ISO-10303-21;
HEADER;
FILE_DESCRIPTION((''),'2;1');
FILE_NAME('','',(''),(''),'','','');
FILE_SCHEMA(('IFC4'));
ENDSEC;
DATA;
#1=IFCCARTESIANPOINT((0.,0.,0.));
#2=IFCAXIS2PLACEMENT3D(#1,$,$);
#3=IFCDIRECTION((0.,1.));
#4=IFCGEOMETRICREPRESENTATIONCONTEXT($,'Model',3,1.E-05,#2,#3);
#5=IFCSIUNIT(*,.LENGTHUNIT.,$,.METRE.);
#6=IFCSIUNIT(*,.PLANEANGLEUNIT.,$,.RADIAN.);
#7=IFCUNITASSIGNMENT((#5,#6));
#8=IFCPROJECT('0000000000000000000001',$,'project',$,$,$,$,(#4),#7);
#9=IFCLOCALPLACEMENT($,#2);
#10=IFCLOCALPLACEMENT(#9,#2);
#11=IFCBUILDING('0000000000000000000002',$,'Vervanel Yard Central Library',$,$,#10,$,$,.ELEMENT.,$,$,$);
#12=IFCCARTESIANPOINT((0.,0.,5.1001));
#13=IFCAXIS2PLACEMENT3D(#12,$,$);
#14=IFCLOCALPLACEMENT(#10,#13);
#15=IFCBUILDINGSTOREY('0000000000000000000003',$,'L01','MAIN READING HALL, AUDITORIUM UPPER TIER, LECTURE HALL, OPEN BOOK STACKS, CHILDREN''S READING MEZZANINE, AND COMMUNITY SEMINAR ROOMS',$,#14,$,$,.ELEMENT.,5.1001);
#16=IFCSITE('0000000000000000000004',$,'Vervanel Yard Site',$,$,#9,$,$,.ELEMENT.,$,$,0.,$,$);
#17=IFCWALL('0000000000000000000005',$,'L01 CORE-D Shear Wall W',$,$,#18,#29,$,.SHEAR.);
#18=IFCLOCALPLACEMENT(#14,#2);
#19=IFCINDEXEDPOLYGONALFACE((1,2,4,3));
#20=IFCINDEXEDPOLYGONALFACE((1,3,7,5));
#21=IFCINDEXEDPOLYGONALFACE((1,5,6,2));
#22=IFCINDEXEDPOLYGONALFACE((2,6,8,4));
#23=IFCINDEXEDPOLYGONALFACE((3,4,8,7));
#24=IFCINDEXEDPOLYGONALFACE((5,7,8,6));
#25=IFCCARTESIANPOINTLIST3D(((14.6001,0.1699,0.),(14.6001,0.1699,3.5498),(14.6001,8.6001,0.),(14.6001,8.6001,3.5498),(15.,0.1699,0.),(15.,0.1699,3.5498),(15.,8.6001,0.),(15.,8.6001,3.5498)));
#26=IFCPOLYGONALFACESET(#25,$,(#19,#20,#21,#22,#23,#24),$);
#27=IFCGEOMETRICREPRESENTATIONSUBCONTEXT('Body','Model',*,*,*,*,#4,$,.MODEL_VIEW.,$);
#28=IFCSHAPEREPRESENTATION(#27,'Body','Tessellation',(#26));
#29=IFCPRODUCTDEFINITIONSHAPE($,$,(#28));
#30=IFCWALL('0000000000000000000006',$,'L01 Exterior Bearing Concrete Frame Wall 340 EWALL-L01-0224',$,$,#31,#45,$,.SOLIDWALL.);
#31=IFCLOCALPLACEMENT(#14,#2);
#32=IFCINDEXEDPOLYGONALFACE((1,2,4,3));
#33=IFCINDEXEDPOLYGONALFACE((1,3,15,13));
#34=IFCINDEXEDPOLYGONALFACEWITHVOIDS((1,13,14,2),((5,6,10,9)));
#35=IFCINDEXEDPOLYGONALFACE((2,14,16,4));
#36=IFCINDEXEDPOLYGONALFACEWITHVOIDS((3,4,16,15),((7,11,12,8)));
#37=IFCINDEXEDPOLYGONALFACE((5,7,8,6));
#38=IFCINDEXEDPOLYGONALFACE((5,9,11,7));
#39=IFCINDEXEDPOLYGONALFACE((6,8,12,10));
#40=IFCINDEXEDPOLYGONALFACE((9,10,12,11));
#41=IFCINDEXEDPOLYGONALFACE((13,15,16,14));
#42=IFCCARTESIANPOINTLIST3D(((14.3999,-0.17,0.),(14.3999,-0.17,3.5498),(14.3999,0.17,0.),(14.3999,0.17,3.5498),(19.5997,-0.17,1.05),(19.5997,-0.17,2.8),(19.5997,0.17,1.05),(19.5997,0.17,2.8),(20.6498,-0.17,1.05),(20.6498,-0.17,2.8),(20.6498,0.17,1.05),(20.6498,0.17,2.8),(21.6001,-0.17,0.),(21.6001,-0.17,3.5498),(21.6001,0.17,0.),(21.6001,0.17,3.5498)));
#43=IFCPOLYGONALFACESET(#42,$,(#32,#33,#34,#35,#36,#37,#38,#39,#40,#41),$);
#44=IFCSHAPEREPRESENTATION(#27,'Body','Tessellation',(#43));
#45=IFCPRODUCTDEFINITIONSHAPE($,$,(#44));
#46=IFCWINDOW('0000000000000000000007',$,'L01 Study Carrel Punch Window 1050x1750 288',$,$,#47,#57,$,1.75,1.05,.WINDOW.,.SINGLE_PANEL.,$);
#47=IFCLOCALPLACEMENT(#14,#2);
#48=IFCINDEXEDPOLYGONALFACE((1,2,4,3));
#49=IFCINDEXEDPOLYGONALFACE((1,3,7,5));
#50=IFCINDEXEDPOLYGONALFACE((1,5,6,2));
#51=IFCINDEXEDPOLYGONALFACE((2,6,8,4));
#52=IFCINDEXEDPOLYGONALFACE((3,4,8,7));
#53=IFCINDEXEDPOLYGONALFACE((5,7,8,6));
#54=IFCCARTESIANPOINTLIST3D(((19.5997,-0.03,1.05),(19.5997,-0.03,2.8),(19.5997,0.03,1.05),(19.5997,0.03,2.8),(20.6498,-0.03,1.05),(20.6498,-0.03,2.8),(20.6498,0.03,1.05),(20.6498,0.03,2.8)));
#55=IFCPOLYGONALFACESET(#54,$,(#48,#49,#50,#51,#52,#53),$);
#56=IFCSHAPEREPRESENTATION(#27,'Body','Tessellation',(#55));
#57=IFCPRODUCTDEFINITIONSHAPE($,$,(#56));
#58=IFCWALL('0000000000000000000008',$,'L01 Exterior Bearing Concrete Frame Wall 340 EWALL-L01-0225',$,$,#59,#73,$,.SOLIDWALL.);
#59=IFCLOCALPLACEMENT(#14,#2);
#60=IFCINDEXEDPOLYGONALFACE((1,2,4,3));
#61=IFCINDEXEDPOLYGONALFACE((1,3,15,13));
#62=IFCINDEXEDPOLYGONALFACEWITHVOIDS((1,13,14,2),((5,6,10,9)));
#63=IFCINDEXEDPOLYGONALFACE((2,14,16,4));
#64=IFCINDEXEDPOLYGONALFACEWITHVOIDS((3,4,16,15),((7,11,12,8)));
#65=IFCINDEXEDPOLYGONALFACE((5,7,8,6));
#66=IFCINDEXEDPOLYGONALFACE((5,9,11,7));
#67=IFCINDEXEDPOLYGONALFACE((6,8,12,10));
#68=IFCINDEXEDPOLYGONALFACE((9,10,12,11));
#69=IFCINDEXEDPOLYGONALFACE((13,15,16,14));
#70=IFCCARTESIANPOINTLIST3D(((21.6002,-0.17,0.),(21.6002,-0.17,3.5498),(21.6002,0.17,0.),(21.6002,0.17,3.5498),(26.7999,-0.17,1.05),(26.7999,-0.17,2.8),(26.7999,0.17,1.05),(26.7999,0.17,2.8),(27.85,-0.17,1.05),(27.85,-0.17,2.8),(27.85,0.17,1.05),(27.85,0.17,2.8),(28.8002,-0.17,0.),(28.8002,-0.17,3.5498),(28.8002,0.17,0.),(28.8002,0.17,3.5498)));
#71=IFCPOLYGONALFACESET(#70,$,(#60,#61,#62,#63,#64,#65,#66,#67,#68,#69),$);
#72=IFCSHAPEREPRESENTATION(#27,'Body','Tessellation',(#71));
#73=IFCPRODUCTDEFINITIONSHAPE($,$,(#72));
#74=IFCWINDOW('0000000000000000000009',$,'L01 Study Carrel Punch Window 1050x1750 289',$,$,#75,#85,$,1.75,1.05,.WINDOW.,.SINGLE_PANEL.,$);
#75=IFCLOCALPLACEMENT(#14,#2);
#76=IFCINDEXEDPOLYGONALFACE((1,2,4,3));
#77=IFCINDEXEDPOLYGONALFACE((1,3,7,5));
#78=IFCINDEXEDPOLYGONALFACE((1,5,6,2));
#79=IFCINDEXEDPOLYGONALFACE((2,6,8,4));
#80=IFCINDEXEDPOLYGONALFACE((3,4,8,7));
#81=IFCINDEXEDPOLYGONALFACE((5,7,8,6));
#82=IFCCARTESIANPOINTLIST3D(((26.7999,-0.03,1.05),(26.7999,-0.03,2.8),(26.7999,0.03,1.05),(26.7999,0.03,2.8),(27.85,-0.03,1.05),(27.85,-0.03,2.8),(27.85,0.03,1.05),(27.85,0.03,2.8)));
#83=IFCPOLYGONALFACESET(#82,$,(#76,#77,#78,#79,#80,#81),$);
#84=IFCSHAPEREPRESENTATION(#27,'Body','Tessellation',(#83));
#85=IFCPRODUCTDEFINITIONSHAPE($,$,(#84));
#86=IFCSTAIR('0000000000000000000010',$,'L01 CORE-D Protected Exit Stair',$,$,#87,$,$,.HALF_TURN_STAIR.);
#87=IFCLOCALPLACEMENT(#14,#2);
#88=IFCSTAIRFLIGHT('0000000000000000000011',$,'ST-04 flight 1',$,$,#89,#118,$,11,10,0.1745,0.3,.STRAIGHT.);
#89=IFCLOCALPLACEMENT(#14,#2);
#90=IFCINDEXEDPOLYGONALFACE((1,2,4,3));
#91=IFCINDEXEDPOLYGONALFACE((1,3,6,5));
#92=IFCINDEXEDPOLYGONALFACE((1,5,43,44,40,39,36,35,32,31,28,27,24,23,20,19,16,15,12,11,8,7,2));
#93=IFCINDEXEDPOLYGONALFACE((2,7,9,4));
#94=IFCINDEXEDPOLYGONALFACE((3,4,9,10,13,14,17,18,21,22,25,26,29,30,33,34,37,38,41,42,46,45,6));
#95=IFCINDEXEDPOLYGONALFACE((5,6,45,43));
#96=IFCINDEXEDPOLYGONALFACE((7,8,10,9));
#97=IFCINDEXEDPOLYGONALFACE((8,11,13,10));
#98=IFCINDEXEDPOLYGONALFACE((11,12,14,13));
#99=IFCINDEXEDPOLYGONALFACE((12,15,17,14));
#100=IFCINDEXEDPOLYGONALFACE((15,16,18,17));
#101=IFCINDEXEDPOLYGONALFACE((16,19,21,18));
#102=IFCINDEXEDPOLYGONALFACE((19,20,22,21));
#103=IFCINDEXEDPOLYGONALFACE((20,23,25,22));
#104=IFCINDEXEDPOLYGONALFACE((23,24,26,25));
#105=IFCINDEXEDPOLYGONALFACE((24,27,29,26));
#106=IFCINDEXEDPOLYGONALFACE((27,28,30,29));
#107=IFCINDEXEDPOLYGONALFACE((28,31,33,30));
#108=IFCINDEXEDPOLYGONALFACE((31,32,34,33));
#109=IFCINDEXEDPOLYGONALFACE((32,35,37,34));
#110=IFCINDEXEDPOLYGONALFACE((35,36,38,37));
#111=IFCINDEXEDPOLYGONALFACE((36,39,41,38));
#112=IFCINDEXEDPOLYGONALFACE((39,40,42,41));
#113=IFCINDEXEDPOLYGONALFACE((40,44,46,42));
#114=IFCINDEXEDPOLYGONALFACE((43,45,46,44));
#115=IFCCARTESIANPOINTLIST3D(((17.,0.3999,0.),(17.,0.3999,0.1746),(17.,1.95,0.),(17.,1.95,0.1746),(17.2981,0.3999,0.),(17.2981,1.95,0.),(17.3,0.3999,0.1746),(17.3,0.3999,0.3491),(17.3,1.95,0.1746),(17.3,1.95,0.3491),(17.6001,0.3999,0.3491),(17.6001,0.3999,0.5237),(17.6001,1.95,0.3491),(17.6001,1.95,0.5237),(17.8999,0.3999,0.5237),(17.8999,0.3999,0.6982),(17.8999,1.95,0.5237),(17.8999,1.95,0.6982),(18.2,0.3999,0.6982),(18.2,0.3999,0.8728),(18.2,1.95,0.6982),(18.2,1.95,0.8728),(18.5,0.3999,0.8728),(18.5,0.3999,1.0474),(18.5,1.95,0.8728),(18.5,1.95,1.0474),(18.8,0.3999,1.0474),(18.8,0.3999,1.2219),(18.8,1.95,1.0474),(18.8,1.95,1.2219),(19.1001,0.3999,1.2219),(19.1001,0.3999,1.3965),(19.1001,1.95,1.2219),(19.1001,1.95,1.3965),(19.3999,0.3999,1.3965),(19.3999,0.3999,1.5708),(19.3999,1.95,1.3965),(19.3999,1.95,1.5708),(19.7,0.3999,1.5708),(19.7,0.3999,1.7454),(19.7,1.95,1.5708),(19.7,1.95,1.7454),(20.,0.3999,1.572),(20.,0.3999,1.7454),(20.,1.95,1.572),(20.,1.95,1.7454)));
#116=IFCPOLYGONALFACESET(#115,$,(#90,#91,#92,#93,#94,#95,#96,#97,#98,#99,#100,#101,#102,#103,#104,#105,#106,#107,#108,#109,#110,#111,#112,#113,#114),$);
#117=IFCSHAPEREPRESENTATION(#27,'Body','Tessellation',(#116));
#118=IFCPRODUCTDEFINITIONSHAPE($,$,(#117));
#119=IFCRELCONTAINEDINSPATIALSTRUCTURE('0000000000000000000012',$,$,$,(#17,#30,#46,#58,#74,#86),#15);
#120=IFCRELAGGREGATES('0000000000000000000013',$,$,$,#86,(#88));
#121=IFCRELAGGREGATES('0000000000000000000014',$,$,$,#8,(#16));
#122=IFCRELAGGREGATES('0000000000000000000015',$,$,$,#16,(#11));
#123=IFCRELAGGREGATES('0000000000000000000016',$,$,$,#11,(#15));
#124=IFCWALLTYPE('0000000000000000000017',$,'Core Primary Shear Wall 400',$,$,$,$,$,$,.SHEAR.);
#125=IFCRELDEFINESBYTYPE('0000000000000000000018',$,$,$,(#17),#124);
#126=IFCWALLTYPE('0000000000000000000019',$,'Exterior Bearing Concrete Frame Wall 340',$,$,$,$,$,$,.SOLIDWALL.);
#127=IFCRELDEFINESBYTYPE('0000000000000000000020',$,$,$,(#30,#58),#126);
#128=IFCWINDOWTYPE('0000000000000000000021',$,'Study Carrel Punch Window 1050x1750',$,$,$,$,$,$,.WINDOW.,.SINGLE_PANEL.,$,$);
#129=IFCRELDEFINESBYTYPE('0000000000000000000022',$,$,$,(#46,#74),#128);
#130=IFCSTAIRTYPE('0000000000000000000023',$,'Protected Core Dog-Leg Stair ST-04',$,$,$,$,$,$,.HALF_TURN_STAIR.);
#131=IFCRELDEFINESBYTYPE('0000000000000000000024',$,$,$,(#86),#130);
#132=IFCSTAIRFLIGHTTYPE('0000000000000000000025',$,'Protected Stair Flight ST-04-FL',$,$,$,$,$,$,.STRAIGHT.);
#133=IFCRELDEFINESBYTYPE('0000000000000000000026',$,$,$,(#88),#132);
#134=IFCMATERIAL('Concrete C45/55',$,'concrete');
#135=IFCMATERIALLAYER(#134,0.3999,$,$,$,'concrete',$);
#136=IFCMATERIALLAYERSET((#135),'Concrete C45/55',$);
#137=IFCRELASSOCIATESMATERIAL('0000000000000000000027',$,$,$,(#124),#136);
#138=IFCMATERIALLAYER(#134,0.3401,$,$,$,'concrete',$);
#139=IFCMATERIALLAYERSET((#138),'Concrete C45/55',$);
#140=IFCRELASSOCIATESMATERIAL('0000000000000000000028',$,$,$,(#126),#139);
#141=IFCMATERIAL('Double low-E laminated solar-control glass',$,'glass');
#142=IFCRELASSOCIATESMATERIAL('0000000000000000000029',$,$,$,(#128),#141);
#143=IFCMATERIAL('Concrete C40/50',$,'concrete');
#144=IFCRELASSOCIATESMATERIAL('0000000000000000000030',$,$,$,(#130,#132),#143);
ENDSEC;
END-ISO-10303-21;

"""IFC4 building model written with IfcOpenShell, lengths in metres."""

from ifc_helpers import new_model, si_unit, direction, frame, frame_2d, origin, place, context, subcontext, project, spatial, polyline, rectangle, outline, extrude, material, layer, layer_set, type_object, element, fill, aggregate, save


model = new_model("IFC4")

# Units and contexts
model_context = context("Model", 3, precision=1e-05, world=origin(), true_north=direction((0.0, 1.0)))
body_context = subcontext(model_context, "Body", "Model", "MODEL_VIEW")
ifc_project = project(units=[si_unit("LENGTHUNIT", "METRE"), si_unit("PLANEANGLEUNIT", "RADIAN")], contexts=[model_context])

# Site, building, storey
site_placement = place(None, origin())
site = spatial("IfcSite", under=ifc_project, at=site_placement, Name="Vervanel Yard Site", CompositionType="ELEMENT", RefElevation=0.0)
building_placement = place(site_placement, origin())
building = spatial("IfcBuilding", under=site, at=building_placement, Name="Vervanel Yard Central Library", CompositionType="ELEMENT")
storey_placement = place(building_placement, frame((0.0, 0.0, 5.1001)))
storey = spatial("IfcBuildingStorey", under=building, at=storey_placement, Name="L01", Description="MAIN READING HALL, AUDITORIUM UPPER TIER, LECTURE HALL, OPEN BOOK STACKS, CHILDREN'S READING MEZZANINE, AND COMMUNITY SEMINAR ROOMS", CompositionType="ELEMENT", Elevation=5.1001)

# Wall
ifc_material_1 = material(Name="Concrete C45/55", Category="concrete")
ifc_layer_1 = layer(ifc_material_1, 0.3999, Category="concrete")
ifc_layer_set_1 = layer_set([ifc_layer_1], Name="Concrete C45/55")
wall_type_1 = type_object("IfcWallType", Name="Core Primary Shear Wall 400", PredefinedType="SHEAR", material=ifc_layer_set_1)
wall_1_placement = place(storey_placement, frame((14.8, 0.1699, 0.0), z_axis=(0.0, 0.0, 1.0), x_axis=(0.0, 1.0, 0.0)))
element("IfcWall", 1, at=wall_1_placement, inside=storey, type_object=wall_type_1, Name="L01 CORE-D Shear Wall W", PredefinedType="SHEAR", context=body_context, shape_type="SweptSolid", body=[
    extrude(rectangle(XDim=8.4302, YDim=0.3999, at=frame_2d((4.2151, 0.0))), origin(), (0.0, 0.0, 1.0), 3.5498),
])

# Walls, openings, windows
ifc_layer_2 = layer(ifc_material_1, 0.3401, Category="concrete")
ifc_layer_set_2 = layer_set([ifc_layer_2], Name="Concrete C45/55")
wall_type_2 = type_object("IfcWallType", Name="Exterior Bearing Concrete Frame Wall 340", PredefinedType="SOLIDWALL", material=ifc_layer_set_2)
wall_2_placement = place(storey_placement, frame((14.3999, 0.0, 0.0), z_axis=(0.0, 0.0, 1.0), x_axis=(1.0, 0.0, 0.0)))
wall_2 = element("IfcWall", 2, at=wall_2_placement, inside=storey, type_object=wall_type_2, Name="L01 Exterior Bearing Concrete Frame Wall 340 EWALL-L01-0224", PredefinedType="SOLIDWALL", context=body_context, shape_type="SweptSolid", body=[
    extrude(rectangle(XDim=7.2002, YDim=0.3401, at=frame_2d((3.6001, 0.0))), origin(), (0.0, 0.0, 1.0), 3.5498),
])
opening_1_placement = place(wall_2_placement, frame((5.2, 0.0, 1.05)))
opening_1 = element("IfcOpeningElement", 3, at=opening_1_placement, cuts=wall_2, PredefinedType="OPENING", context=body_context, shape_type="SweptSolid", body=[
    extrude(rectangle(XDim=1.05, YDim=1.75, at=frame_2d((0.5249, 0.875))), frame((0.0, 0.1799, 0.0), z_axis=(0.0, -1.0, 0.0), x_axis=(1.0, 0.0, 0.0)), (0.0, 0.0, 1.0), 0.3601),
])
ifc_material_2 = material(Name="Double low-E laminated solar-control glass", Category="glass")
window_type = type_object("IfcWindowType", Name="Study Carrel Punch Window 1050x1750", PartitioningType="SINGLE_PANEL", PredefinedType="WINDOW", material=ifc_material_2)
window_1_placement = place(opening_1_placement, origin())
window_1 = element("IfcWindow", 4, at=window_1_placement, inside=storey, type_object=window_type, Name="L01 Study Carrel Punch Window 1050x1750 288", OverallHeight=1.75, OverallWidth=1.05, PartitioningType="SINGLE_PANEL", PredefinedType="WINDOW", context=body_context, shape_type="SweptSolid", body=[
    extrude(rectangle(XDim=1.05, YDim=1.75, at=frame_2d((0.5249, 0.875))), frame((0.0, 0.03, 0.0), z_axis=(0.0, -1.0, 0.0), x_axis=(1.0, 0.0, 0.0)), (0.0, 0.0, 1.0), 0.0601),
])
fill(opening_1, window_1)
wall_3_placement = place(storey_placement, frame((21.6001, 0.0, 0.0), z_axis=(0.0, 0.0, 1.0), x_axis=(1.0, 0.0, 0.0)))
wall_3 = element("IfcWall", 5, at=wall_3_placement, inside=storey, type_object=wall_type_2, Name="L01 Exterior Bearing Concrete Frame Wall 340 EWALL-L01-0225", PredefinedType="SOLIDWALL", context=body_context, shape_type="SweptSolid", body=[
    extrude(rectangle(XDim=7.2, YDim=0.3401, at=frame_2d((3.6001, 0.0))), origin(), (0.0, 0.0, 1.0), 3.5498),
])
opening_2_placement = place(wall_3_placement, frame((5.2, 0.0, 1.05)))
opening_2 = element("IfcOpeningElement", 6, at=opening_2_placement, cuts=wall_3, PredefinedType="OPENING", context=body_context, shape_type="SweptSolid", body=[
    extrude(rectangle(XDim=1.05, YDim=1.75, at=frame_2d((0.5249, 0.875))), frame((0.0, 0.1799, 0.0), z_axis=(0.0, -1.0, 0.0), x_axis=(1.0, 0.0, 0.0)), (0.0, 0.0, 1.0), 0.3601),
])
window_2_placement = place(opening_2_placement, origin())
window_2 = element("IfcWindow", 7, at=window_2_placement, inside=storey, type_object=window_type, Name="L01 Study Carrel Punch Window 1050x1750 289", OverallHeight=1.75, OverallWidth=1.05, PartitioningType="SINGLE_PANEL", PredefinedType="WINDOW", context=body_context, shape_type="SweptSolid", body=[
    extrude(rectangle(XDim=1.05, YDim=1.75, at=frame_2d((0.5249, 0.875))), frame((0.0, 0.03, 0.0), z_axis=(0.0, -1.0, 0.0), x_axis=(1.0, 0.0, 0.0)), (0.0, 0.0, 1.0), 0.0601),
])
fill(opening_2, window_2)

# Stair, stair flight
ifc_material_3 = material(Name="Concrete C40/50", Category="concrete")
stair_type = type_object("IfcStairType", Name="Protected Core Dog-Leg Stair ST-04", PredefinedType="HALF_TURN_STAIR", material=ifc_material_3)
stair_placement = place(storey_placement, origin())
stair = element("IfcStair", 8, at=stair_placement, inside=storey, type_object=stair_type, Name="L01 CORE-D Protected Exit Stair", PredefinedType="HALF_TURN_STAIR")
stair_flight_type = type_object("IfcStairFlightType", Name="Protected Stair Flight ST-04-FL", PredefinedType="STRAIGHT", material=ifc_material_3)
stair_flight_placement = place(storey_placement, frame((17.0, 1.175, 0.0), z_axis=(0.0, 0.0, 1.0), x_axis=(1.0, 0.0, 0.0)))
stair_flight = element("IfcStairFlight", 9, at=stair_flight_placement, type_object=stair_flight_type, Name="ST-04 flight 1", NumberOfRisers=11, NumberOfTreads=10, PredefinedType="STRAIGHT", RiserHeight=0.1745, TreadLength=0.3, context=body_context, shape_type="SweptSolid", body=[
    extrude(outline(polyline([(0.0, 0.0), (0.0, 0.1746), (0.3, 0.1746), (0.3, 0.3491), (0.6001, 0.3491), (0.6001, 0.5237), (0.8999, 0.5237), (0.8999, 0.6982), (1.2, 0.6982), (1.2, 0.8728), (1.5, 0.8728), (1.5, 1.0474), (1.8, 1.0474), (1.8, 1.2219), (2.1001, 1.2219), (2.1001, 1.3965), (2.3999, 1.3965), (2.3999, 1.5708), (2.7, 1.5708), (2.7, 1.7454), (3.0, 1.7454), (3.0, 1.9199), (3.0, 1.572), (0.2981, 0.0), (0.0, 0.0)])), frame((0.0, 0.7749, 0.0), z_axis=(0.0, -1.0, 0.0), x_axis=(1.0, 0.0, 0.0)), (0.0, 0.0, 1.0), 1.55),
])
aggregate(stair, [stair_flight])

save(model, "model.ifc")
